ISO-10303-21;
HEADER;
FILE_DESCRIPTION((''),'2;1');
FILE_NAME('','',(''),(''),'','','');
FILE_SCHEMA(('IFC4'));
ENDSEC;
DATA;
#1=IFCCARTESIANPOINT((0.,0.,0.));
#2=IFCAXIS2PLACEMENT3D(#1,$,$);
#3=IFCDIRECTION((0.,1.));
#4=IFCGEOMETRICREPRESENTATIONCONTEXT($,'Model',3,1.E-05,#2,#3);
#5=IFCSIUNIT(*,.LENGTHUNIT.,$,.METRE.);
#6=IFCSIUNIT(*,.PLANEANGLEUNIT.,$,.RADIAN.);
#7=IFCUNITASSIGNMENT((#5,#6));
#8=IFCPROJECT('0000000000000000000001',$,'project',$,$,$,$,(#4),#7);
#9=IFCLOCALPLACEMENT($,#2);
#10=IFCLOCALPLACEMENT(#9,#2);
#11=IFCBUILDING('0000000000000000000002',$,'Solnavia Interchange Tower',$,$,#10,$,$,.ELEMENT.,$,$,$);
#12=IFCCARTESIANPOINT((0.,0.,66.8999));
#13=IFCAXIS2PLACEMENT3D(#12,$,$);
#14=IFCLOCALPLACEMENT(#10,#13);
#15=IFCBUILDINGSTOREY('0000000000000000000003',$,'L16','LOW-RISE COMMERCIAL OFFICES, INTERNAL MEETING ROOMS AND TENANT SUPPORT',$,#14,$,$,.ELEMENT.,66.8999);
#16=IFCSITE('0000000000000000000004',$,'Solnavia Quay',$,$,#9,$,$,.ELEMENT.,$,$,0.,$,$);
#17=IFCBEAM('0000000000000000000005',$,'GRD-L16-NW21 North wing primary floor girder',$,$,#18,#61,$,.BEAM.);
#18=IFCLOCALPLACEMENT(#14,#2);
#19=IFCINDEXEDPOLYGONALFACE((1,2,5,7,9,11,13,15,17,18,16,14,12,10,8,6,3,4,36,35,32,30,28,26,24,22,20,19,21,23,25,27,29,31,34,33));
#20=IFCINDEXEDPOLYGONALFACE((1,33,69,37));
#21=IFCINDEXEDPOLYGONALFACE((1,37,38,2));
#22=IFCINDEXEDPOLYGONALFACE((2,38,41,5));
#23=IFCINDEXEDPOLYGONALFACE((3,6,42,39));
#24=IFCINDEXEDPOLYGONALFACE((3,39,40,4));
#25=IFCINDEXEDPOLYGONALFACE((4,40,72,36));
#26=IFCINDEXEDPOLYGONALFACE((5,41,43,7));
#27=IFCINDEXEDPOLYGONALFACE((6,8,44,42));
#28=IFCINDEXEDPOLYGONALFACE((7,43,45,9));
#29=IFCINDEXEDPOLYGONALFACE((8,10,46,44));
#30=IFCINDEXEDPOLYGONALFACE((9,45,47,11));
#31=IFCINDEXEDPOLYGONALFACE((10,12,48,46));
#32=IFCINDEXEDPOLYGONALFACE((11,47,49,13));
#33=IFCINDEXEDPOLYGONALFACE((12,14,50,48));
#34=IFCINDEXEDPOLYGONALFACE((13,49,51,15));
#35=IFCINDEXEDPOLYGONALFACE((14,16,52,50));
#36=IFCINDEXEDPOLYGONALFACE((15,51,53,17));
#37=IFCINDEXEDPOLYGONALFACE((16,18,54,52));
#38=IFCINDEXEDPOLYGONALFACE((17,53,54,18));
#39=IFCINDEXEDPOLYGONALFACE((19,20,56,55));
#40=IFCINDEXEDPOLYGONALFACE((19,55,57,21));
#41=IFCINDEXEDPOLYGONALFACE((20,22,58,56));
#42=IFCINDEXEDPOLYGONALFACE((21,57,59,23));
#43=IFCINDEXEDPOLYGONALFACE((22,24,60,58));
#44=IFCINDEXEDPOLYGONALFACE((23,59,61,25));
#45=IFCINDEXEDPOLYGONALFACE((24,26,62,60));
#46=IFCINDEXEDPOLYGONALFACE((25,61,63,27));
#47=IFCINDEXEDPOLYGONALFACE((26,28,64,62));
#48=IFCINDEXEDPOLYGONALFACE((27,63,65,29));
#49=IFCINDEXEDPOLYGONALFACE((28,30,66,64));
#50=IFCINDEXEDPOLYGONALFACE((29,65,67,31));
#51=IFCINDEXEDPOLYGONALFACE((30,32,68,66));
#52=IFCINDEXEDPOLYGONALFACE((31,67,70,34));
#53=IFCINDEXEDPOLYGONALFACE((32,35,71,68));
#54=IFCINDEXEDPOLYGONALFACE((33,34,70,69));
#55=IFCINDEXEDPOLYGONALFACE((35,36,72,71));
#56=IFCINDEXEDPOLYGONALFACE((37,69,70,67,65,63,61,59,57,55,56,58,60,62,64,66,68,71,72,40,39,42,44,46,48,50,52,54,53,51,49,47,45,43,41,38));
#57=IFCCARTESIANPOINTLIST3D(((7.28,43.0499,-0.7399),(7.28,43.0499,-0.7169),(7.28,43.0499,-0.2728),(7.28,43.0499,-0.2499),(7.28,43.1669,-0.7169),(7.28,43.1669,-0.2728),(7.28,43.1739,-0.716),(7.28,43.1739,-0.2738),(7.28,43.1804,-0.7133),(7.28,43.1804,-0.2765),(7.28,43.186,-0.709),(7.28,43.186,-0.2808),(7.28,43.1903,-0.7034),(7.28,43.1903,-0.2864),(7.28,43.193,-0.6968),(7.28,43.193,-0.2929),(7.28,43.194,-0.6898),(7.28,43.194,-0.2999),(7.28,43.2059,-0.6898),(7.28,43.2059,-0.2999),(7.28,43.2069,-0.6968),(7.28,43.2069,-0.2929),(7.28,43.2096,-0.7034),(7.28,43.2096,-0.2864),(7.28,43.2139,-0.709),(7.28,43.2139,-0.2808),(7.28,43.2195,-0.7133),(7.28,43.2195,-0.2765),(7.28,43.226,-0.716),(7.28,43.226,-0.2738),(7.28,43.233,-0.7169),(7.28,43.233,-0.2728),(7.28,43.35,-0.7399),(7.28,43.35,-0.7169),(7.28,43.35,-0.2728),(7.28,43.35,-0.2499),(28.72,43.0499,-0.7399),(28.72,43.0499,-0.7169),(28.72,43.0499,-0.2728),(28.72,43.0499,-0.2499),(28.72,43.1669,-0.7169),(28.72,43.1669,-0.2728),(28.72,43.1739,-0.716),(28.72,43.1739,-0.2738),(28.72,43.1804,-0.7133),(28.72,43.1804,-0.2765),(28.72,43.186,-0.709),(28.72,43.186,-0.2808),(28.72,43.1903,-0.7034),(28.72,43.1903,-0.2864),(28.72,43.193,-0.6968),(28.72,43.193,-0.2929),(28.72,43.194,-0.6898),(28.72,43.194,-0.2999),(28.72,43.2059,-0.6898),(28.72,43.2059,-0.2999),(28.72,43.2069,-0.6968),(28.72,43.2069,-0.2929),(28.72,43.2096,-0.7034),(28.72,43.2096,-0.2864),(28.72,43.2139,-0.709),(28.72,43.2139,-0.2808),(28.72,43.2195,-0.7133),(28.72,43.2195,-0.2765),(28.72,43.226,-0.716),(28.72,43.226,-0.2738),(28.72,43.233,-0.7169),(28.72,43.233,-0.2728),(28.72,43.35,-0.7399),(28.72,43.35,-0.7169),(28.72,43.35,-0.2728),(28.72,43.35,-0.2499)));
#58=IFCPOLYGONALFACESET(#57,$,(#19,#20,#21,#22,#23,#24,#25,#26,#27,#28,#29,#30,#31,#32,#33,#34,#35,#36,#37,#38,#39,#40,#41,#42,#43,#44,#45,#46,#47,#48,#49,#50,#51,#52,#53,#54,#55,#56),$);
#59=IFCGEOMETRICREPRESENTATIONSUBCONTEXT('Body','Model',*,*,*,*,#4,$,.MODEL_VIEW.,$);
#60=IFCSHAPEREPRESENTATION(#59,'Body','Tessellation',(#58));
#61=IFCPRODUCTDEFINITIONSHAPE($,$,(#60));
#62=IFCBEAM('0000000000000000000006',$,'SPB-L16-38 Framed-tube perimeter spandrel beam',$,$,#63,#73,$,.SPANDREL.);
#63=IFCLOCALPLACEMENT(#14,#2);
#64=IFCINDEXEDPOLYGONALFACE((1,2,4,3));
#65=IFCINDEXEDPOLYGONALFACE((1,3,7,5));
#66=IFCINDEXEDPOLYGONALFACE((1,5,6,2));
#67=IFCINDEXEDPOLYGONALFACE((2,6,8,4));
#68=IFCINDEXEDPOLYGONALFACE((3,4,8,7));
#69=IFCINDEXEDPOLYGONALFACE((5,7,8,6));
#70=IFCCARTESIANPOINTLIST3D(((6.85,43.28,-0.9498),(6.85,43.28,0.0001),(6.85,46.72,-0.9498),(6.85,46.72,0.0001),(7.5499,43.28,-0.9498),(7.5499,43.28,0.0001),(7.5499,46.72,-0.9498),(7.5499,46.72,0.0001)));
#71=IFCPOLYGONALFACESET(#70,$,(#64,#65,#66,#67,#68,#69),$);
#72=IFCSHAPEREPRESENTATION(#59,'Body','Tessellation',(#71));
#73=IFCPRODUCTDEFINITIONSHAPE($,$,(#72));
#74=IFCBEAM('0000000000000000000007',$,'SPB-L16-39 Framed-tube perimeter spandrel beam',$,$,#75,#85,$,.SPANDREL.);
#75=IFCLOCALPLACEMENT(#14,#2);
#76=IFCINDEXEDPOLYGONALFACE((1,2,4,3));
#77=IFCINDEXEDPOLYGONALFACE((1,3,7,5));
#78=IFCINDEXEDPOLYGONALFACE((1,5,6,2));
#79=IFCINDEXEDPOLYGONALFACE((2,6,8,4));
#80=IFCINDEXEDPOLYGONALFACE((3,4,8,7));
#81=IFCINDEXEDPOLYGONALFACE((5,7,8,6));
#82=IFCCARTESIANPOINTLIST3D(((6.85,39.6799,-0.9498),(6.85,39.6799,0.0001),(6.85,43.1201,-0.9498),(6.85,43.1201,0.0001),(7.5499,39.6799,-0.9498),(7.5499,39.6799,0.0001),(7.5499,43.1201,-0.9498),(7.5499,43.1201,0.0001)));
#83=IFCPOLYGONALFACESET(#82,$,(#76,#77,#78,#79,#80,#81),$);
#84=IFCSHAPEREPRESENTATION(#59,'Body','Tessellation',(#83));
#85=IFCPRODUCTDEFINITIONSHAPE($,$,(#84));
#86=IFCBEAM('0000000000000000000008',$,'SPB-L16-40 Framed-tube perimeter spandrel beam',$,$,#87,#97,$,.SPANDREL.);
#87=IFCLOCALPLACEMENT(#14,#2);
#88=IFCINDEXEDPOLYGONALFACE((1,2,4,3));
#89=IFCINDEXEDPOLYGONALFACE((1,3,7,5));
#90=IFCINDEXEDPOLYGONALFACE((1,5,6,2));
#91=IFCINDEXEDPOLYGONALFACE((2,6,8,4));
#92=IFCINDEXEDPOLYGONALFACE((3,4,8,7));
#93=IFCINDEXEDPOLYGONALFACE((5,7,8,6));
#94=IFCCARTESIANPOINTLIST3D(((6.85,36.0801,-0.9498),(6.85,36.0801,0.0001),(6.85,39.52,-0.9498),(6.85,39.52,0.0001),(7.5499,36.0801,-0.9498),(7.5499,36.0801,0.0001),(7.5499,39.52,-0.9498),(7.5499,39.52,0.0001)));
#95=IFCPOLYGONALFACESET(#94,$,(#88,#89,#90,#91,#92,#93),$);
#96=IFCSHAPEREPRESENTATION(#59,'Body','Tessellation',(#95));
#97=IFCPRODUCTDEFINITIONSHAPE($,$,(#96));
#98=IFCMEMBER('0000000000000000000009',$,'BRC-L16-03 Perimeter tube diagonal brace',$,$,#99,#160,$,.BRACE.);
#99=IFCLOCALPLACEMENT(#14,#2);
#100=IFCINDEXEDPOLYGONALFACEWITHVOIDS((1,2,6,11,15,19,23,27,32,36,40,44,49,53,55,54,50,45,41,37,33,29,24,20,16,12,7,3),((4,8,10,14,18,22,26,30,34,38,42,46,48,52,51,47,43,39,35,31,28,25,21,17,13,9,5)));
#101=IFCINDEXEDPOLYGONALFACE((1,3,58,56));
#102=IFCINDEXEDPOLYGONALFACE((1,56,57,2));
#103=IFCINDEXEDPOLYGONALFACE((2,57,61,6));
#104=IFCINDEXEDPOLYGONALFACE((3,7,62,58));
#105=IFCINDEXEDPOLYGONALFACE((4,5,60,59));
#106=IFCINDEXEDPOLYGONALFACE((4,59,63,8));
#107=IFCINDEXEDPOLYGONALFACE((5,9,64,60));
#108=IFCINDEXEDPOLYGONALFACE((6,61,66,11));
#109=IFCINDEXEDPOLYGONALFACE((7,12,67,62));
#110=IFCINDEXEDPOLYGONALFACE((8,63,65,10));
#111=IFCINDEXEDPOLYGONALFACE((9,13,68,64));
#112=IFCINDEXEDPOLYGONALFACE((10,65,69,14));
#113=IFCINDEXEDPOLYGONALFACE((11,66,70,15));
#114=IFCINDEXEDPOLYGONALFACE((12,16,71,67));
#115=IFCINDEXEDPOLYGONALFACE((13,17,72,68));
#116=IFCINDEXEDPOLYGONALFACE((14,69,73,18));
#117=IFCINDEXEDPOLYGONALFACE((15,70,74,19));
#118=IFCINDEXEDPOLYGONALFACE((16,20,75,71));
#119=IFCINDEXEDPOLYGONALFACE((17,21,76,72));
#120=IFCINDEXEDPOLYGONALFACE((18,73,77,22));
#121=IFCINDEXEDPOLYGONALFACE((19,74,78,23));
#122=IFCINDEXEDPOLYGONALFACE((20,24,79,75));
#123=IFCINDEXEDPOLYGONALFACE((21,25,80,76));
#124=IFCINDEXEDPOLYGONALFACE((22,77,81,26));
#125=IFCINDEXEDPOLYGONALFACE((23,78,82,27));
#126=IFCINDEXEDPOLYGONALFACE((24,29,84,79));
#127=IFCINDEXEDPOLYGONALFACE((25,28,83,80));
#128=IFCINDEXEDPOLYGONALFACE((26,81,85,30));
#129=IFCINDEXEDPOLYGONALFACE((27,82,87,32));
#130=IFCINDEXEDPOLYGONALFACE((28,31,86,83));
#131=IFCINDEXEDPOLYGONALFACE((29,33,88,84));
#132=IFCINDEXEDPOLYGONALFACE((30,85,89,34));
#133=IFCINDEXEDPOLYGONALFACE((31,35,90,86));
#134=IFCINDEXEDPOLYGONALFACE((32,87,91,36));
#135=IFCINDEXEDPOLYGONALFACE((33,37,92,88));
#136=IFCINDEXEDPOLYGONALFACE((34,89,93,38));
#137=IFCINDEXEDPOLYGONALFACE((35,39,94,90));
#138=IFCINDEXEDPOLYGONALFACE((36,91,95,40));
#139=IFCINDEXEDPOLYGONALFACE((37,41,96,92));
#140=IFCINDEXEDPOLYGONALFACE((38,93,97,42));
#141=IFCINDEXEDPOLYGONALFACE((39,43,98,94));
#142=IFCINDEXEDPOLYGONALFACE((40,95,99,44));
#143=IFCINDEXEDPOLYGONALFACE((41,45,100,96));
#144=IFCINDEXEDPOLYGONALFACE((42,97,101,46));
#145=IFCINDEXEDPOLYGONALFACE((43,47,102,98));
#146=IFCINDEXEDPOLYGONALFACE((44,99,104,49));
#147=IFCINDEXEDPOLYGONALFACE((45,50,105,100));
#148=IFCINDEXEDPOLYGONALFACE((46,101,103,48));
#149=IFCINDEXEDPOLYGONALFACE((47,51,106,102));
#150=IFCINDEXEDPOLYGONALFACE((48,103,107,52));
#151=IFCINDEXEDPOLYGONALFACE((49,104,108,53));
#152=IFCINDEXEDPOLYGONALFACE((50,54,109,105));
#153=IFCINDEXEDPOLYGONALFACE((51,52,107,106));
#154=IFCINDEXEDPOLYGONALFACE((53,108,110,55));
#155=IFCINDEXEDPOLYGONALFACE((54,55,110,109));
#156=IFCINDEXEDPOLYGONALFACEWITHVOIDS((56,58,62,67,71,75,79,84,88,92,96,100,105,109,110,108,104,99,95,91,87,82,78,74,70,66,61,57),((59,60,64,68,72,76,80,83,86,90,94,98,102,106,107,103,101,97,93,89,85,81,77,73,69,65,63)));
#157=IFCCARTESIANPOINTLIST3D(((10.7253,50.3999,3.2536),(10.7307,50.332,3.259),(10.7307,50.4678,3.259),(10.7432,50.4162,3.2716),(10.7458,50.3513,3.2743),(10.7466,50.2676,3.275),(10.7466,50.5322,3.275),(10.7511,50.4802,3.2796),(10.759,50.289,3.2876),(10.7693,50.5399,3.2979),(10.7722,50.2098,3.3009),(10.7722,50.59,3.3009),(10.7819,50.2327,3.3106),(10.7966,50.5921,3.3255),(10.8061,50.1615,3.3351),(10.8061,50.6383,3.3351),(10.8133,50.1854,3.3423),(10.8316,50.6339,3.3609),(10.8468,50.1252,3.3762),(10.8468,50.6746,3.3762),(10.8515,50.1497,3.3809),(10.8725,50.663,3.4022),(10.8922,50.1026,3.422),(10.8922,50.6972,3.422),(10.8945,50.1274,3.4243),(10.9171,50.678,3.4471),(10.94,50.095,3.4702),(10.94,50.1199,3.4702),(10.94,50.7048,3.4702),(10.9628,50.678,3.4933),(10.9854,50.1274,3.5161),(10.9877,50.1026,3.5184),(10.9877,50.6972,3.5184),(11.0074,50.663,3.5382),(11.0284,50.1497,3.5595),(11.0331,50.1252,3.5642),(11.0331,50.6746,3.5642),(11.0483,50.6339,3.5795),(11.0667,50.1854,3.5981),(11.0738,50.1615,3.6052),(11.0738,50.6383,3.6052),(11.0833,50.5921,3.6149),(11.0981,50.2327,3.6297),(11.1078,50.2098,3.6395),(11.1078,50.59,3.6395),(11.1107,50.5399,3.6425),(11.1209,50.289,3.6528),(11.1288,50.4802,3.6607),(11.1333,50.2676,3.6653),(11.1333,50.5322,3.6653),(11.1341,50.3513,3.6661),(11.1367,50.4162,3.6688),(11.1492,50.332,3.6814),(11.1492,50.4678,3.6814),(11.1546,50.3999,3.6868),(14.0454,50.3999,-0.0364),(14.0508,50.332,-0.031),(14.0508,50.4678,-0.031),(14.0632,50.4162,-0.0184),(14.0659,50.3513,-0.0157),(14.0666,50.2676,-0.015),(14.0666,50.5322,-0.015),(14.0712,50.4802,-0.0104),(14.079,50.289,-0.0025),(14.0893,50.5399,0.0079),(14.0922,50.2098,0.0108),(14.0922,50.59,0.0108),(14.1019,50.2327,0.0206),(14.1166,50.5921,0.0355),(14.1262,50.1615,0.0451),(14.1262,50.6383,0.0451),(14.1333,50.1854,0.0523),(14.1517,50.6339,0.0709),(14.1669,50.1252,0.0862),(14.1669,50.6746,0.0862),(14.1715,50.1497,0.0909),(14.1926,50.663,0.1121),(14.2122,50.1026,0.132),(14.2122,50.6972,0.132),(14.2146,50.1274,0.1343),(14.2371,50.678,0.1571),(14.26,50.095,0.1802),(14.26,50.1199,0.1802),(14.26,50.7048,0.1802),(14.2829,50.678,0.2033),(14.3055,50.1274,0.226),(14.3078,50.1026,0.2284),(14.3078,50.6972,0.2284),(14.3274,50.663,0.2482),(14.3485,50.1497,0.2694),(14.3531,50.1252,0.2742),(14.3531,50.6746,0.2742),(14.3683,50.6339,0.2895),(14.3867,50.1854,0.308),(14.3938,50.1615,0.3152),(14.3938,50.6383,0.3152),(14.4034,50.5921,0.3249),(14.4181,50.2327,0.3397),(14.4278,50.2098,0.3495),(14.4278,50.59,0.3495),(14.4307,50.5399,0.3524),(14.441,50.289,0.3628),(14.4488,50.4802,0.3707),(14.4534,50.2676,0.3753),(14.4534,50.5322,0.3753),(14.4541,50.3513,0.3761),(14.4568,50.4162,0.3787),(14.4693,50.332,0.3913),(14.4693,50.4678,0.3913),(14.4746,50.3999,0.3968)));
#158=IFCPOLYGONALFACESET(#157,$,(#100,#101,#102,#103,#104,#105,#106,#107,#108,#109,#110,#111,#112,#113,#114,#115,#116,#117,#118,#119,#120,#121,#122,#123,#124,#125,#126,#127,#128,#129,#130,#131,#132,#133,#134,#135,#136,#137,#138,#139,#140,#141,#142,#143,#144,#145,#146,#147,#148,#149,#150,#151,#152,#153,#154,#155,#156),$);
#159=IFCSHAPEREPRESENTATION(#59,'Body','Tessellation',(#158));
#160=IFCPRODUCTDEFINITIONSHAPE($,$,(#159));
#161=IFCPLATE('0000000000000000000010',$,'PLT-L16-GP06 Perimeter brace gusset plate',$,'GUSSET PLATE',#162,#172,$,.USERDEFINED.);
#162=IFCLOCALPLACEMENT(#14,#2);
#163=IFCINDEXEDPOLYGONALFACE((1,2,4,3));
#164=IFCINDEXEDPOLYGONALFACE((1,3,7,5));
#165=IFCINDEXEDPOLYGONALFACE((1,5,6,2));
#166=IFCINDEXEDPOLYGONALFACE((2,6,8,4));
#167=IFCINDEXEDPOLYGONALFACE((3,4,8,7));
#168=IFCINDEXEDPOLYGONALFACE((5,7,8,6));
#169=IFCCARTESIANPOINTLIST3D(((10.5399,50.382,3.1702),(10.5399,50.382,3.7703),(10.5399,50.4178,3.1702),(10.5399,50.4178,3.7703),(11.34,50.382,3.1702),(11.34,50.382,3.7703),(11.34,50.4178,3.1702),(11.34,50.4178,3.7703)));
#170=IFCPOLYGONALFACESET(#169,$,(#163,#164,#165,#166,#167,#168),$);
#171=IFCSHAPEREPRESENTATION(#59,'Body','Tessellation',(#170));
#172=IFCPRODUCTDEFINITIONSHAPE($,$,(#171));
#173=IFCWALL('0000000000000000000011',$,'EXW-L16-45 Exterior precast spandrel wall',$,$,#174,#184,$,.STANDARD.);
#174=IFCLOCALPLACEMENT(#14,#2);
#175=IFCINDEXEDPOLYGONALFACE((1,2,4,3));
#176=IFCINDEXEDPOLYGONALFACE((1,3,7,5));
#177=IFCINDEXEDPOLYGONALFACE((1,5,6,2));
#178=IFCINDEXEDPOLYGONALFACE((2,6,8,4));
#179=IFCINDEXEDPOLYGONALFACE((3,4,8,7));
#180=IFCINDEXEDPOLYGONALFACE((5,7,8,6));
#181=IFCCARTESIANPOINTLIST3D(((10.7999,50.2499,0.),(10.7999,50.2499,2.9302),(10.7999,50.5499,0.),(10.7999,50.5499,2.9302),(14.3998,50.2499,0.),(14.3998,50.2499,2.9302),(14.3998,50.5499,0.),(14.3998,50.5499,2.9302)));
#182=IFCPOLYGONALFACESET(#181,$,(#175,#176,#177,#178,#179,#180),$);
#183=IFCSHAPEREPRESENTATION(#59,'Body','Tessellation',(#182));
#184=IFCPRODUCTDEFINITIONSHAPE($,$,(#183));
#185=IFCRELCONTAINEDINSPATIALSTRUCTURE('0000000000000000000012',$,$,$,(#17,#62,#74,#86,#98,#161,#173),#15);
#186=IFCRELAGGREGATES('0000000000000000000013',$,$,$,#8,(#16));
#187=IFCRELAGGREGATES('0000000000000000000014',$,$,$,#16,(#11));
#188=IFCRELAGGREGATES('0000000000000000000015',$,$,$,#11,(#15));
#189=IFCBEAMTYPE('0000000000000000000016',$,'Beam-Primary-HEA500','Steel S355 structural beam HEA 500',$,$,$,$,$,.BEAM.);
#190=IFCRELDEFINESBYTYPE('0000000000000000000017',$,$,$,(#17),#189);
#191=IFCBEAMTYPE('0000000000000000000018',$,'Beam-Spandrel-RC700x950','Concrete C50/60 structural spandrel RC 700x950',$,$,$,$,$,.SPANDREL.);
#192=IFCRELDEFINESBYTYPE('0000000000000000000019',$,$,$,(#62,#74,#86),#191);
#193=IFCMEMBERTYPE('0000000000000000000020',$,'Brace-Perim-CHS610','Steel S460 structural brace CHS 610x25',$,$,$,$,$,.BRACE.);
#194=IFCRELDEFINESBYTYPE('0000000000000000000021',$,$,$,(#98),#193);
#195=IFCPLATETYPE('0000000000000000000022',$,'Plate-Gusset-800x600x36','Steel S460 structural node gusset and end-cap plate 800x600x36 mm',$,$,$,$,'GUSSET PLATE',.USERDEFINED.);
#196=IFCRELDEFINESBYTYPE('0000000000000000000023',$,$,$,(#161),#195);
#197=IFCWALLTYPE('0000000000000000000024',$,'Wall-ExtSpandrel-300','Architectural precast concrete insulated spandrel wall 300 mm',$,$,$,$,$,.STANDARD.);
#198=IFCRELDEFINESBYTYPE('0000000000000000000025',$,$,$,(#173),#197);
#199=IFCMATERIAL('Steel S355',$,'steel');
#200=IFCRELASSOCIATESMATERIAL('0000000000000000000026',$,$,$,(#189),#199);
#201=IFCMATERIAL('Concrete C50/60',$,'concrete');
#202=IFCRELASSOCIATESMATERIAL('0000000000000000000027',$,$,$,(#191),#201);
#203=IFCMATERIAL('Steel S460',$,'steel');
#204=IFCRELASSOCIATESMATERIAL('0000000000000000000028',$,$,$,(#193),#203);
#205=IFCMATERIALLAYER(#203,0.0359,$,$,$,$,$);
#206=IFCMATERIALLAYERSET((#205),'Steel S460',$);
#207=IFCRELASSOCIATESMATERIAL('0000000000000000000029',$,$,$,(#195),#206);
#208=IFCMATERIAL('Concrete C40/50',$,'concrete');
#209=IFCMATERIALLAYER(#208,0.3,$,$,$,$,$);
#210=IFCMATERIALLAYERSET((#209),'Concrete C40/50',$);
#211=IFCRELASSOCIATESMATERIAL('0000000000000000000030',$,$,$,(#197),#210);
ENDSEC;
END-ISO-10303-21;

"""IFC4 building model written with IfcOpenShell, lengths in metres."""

from ifc_helpers import new_model, si_unit, direction, frame, frame_2d, origin, origin_2d, place, context, subcontext, project, spatial, rectangle, hollow_circle, i_section, extrude, material, layer, layer_set, material_profile, profile_set, type_object, element, save


model = new_model("IFC4")

# Units and contexts
model_context = context("Model", 3, precision=1e-05, world=origin(), true_north=direction((0.0, 1.0)))
body_context = subcontext(model_context, "Body", "Model", "MODEL_VIEW")
ifc_project = project(units=[si_unit("LENGTHUNIT", "METRE"), si_unit("PLANEANGLEUNIT", "RADIAN")], contexts=[model_context])

# Site, building, storey
site_placement = place(None, origin())
site = spatial("IfcSite", under=ifc_project, at=site_placement, Name="Solnavia Quay", CompositionType="ELEMENT", RefElevation=0.0)
building_placement = place(site_placement, origin())
building = spatial("IfcBuilding", under=site, at=building_placement, Name="Solnavia Interchange Tower", CompositionType="ELEMENT")
storey_placement = place(building_placement, frame((0.0, 0.0, 66.8999)))
storey = spatial("IfcBuildingStorey", under=building, at=storey_placement, Name="L16", Description="LOW-RISE COMMERCIAL OFFICES, INTERNAL MEETING ROOMS AND TENANT SUPPORT", CompositionType="ELEMENT", Elevation=66.8999)

# Beams
ifc_material_1 = material(Name="Steel S460", Category="steel")
ifc_material_2 = material(Name="Steel S355", Category="steel")
ifc_material_profile_1 = material_profile(ifc_material_2, i_section(OverallWidth=0.3, OverallDepth=0.49, WebThickness=0.012, FlangeThickness=0.0229, FilletRadius=0.0271, at=origin_2d()), Name="HEA 500")
ifc_profile_set_1 = profile_set([ifc_material_profile_1], Name="Steel S355")
beam_type_1 = type_object("IfcBeamType", Name="Beam-Primary-HEA500", Description="Steel S355 structural beam HEA 500", PredefinedType="BEAM", material=ifc_profile_set_1)
beam_1_placement = place(storey_placement, frame((7.28, 43.2, -0.4949), z_axis=(1.0, 0.0, 0.0), x_axis=(0.0, 1.0, 0.0)))
element("IfcBeam", 1, at=beam_1_placement, inside=storey, type_object=beam_type_1, Name="GRD-L16-NW21 North wing primary floor girder", PredefinedType="BEAM", context=body_context, shape_type="SweptSolid", body=[
    extrude(i_section(OverallWidth=0.3, OverallDepth=0.49, WebThickness=0.012, FlangeThickness=0.0229, FilletRadius=0.0271, at=origin_2d()), origin(), (0.0, 0.0, 1.0), 21.4399),
])
ifc_material_3 = material(Name="Concrete C50/60", Category="concrete")
ifc_material_profile_2 = material_profile(ifc_material_3, rectangle(XDim=0.7, YDim=0.95, at=origin_2d()), Name="RC 700x950")
ifc_profile_set_2 = profile_set([ifc_material_profile_2], Name="Concrete C50/60")
beam_type_2 = type_object("IfcBeamType", Name="Beam-Spandrel-RC700x950", Description="Concrete C50/60 structural spandrel RC 700x950", PredefinedType="SPANDREL", material=ifc_profile_set_2)
beam_2_placement = place(storey_placement, frame((7.2, 46.72, -0.4749), z_axis=(0.0, -1.0, 0.0), x_axis=(1.0, 0.0, 0.0)))
element("IfcBeam", 2, at=beam_2_placement, inside=storey, type_object=beam_type_2, Name="SPB-L16-38 Framed-tube perimeter spandrel beam", PredefinedType="SPANDREL", context=body_context, shape_type="SweptSolid", body=[
    extrude(rectangle(XDim=0.7, YDim=0.95, at=origin_2d()), origin(), (0.0, 0.0, 1.0), 3.4399),
])
beam_3_placement = place(storey_placement, frame((7.2, 43.1201, -0.4749), z_axis=(0.0, -1.0, 0.0), x_axis=(1.0, 0.0, 0.0)))
element("IfcBeam", 3, at=beam_3_placement, inside=storey, type_object=beam_type_2, Name="SPB-L16-39 Framed-tube perimeter spandrel beam", PredefinedType="SPANDREL", context=body_context, shape_type="SweptSolid", body=[
    extrude(rectangle(XDim=0.7, YDim=0.95, at=origin_2d()), origin(), (0.0, 0.0, 1.0), 3.4402),
])
beam_4_placement = place(storey_placement, frame((7.2, 39.52, -0.4749), z_axis=(0.0, -1.0, 0.0), x_axis=(1.0, 0.0, 0.0)))
element("IfcBeam", 4, at=beam_4_placement, inside=storey, type_object=beam_type_2, Name="SPB-L16-40 Framed-tube perimeter spandrel beam", PredefinedType="SPANDREL", context=body_context, shape_type="SweptSolid", body=[
    extrude(rectangle(XDim=0.7, YDim=0.95, at=origin_2d()), origin(), (0.0, 0.0, 1.0), 3.4399),
])

# Member
ifc_material_profile_3 = material_profile(ifc_material_1, hollow_circle(Radius=0.3049, WallThickness=0.0249, at=origin_2d()), Name="CHS 610x25")
ifc_profile_set_3 = profile_set([ifc_material_profile_3], Name="Steel S460")
member_type = type_object("IfcMemberType", Name="Brace-Perim-CHS610", Description="Steel S460 structural brace CHS 610x25", PredefinedType="BRACE", material=ifc_profile_set_3)
member_placement = place(storey_placement, frame((14.26, 50.3999, 0.1802), z_axis=(-0.710312, 0.0, 0.703887), x_axis=(0.0, -1.0, 0.0)))
element("IfcMember", 5, at=member_placement, inside=storey, type_object=member_type, Name="BRC-L16-03 Perimeter tube diagonal brace", PredefinedType="BRACE", context=body_context, shape_type="SweptSolid", body=[
    extrude(hollow_circle(Radius=0.3049, WallThickness=0.0249, at=origin_2d()), origin(), (0.0, 0.0, 1.0), 4.6741),
])

# Plate
ifc_layer_1 = layer(ifc_material_1, 0.0359)
ifc_layer_set_1 = layer_set([ifc_layer_1], Name="Steel S460")
plate_type = type_object("IfcPlateType", Name="Plate-Gusset-800x600x36", Description="Steel S460 structural node gusset and end-cap plate 800x600x36 mm", ElementType="GUSSET PLATE", PredefinedType="USERDEFINED", material=ifc_layer_set_1)
plate_placement = place(storey_placement, frame((10.9399, 50.3999, 3.1702), z_axis=(0.0, 0.0, 1.0), x_axis=(-1.0, 0.0, 0.0)))
element("IfcPlate", 6, at=plate_placement, inside=storey, type_object=plate_type, Name="PLT-L16-GP06 Perimeter brace gusset plate", ObjectType="GUSSET PLATE", PredefinedType="USERDEFINED", context=body_context, shape_type="SweptSolid", body=[
    extrude(rectangle(XDim=0.8, YDim=0.0359, at=origin_2d()), origin(), (0.0, 0.0, 1.0), 0.6001),
])

# Wall
ifc_material_4 = material(Name="Concrete C40/50", Category="concrete")
ifc_layer_2 = layer(ifc_material_4, 0.3)
ifc_layer_set_2 = layer_set([ifc_layer_2], Name="Concrete C40/50")
wall_type_1 = type_object("IfcWallType", Name="Wall-ExtSpandrel-300", Description="Architectural precast concrete insulated spandrel wall 300 mm", PredefinedType="STANDARD", material=ifc_layer_set_2)
wall_1_placement = place(storey_placement, frame((10.8, 50.3999, 0.0), z_axis=(0.0, 0.0, 1.0), x_axis=(1.0, 0.0, 0.0)))
element("IfcWall", 7, at=wall_1_placement, inside=storey, type_object=wall_type_1, Name="EXW-L16-45 Exterior precast spandrel wall", PredefinedType="STANDARD", context=body_context, shape_type="SweptSolid", body=[
    extrude(rectangle(XDim=3.5999, YDim=0.3, at=frame_2d((1.7998, 0.0))), origin(), (0.0, 0.0, 1.0), 2.9302),
])

save(model, "model.ifc")
